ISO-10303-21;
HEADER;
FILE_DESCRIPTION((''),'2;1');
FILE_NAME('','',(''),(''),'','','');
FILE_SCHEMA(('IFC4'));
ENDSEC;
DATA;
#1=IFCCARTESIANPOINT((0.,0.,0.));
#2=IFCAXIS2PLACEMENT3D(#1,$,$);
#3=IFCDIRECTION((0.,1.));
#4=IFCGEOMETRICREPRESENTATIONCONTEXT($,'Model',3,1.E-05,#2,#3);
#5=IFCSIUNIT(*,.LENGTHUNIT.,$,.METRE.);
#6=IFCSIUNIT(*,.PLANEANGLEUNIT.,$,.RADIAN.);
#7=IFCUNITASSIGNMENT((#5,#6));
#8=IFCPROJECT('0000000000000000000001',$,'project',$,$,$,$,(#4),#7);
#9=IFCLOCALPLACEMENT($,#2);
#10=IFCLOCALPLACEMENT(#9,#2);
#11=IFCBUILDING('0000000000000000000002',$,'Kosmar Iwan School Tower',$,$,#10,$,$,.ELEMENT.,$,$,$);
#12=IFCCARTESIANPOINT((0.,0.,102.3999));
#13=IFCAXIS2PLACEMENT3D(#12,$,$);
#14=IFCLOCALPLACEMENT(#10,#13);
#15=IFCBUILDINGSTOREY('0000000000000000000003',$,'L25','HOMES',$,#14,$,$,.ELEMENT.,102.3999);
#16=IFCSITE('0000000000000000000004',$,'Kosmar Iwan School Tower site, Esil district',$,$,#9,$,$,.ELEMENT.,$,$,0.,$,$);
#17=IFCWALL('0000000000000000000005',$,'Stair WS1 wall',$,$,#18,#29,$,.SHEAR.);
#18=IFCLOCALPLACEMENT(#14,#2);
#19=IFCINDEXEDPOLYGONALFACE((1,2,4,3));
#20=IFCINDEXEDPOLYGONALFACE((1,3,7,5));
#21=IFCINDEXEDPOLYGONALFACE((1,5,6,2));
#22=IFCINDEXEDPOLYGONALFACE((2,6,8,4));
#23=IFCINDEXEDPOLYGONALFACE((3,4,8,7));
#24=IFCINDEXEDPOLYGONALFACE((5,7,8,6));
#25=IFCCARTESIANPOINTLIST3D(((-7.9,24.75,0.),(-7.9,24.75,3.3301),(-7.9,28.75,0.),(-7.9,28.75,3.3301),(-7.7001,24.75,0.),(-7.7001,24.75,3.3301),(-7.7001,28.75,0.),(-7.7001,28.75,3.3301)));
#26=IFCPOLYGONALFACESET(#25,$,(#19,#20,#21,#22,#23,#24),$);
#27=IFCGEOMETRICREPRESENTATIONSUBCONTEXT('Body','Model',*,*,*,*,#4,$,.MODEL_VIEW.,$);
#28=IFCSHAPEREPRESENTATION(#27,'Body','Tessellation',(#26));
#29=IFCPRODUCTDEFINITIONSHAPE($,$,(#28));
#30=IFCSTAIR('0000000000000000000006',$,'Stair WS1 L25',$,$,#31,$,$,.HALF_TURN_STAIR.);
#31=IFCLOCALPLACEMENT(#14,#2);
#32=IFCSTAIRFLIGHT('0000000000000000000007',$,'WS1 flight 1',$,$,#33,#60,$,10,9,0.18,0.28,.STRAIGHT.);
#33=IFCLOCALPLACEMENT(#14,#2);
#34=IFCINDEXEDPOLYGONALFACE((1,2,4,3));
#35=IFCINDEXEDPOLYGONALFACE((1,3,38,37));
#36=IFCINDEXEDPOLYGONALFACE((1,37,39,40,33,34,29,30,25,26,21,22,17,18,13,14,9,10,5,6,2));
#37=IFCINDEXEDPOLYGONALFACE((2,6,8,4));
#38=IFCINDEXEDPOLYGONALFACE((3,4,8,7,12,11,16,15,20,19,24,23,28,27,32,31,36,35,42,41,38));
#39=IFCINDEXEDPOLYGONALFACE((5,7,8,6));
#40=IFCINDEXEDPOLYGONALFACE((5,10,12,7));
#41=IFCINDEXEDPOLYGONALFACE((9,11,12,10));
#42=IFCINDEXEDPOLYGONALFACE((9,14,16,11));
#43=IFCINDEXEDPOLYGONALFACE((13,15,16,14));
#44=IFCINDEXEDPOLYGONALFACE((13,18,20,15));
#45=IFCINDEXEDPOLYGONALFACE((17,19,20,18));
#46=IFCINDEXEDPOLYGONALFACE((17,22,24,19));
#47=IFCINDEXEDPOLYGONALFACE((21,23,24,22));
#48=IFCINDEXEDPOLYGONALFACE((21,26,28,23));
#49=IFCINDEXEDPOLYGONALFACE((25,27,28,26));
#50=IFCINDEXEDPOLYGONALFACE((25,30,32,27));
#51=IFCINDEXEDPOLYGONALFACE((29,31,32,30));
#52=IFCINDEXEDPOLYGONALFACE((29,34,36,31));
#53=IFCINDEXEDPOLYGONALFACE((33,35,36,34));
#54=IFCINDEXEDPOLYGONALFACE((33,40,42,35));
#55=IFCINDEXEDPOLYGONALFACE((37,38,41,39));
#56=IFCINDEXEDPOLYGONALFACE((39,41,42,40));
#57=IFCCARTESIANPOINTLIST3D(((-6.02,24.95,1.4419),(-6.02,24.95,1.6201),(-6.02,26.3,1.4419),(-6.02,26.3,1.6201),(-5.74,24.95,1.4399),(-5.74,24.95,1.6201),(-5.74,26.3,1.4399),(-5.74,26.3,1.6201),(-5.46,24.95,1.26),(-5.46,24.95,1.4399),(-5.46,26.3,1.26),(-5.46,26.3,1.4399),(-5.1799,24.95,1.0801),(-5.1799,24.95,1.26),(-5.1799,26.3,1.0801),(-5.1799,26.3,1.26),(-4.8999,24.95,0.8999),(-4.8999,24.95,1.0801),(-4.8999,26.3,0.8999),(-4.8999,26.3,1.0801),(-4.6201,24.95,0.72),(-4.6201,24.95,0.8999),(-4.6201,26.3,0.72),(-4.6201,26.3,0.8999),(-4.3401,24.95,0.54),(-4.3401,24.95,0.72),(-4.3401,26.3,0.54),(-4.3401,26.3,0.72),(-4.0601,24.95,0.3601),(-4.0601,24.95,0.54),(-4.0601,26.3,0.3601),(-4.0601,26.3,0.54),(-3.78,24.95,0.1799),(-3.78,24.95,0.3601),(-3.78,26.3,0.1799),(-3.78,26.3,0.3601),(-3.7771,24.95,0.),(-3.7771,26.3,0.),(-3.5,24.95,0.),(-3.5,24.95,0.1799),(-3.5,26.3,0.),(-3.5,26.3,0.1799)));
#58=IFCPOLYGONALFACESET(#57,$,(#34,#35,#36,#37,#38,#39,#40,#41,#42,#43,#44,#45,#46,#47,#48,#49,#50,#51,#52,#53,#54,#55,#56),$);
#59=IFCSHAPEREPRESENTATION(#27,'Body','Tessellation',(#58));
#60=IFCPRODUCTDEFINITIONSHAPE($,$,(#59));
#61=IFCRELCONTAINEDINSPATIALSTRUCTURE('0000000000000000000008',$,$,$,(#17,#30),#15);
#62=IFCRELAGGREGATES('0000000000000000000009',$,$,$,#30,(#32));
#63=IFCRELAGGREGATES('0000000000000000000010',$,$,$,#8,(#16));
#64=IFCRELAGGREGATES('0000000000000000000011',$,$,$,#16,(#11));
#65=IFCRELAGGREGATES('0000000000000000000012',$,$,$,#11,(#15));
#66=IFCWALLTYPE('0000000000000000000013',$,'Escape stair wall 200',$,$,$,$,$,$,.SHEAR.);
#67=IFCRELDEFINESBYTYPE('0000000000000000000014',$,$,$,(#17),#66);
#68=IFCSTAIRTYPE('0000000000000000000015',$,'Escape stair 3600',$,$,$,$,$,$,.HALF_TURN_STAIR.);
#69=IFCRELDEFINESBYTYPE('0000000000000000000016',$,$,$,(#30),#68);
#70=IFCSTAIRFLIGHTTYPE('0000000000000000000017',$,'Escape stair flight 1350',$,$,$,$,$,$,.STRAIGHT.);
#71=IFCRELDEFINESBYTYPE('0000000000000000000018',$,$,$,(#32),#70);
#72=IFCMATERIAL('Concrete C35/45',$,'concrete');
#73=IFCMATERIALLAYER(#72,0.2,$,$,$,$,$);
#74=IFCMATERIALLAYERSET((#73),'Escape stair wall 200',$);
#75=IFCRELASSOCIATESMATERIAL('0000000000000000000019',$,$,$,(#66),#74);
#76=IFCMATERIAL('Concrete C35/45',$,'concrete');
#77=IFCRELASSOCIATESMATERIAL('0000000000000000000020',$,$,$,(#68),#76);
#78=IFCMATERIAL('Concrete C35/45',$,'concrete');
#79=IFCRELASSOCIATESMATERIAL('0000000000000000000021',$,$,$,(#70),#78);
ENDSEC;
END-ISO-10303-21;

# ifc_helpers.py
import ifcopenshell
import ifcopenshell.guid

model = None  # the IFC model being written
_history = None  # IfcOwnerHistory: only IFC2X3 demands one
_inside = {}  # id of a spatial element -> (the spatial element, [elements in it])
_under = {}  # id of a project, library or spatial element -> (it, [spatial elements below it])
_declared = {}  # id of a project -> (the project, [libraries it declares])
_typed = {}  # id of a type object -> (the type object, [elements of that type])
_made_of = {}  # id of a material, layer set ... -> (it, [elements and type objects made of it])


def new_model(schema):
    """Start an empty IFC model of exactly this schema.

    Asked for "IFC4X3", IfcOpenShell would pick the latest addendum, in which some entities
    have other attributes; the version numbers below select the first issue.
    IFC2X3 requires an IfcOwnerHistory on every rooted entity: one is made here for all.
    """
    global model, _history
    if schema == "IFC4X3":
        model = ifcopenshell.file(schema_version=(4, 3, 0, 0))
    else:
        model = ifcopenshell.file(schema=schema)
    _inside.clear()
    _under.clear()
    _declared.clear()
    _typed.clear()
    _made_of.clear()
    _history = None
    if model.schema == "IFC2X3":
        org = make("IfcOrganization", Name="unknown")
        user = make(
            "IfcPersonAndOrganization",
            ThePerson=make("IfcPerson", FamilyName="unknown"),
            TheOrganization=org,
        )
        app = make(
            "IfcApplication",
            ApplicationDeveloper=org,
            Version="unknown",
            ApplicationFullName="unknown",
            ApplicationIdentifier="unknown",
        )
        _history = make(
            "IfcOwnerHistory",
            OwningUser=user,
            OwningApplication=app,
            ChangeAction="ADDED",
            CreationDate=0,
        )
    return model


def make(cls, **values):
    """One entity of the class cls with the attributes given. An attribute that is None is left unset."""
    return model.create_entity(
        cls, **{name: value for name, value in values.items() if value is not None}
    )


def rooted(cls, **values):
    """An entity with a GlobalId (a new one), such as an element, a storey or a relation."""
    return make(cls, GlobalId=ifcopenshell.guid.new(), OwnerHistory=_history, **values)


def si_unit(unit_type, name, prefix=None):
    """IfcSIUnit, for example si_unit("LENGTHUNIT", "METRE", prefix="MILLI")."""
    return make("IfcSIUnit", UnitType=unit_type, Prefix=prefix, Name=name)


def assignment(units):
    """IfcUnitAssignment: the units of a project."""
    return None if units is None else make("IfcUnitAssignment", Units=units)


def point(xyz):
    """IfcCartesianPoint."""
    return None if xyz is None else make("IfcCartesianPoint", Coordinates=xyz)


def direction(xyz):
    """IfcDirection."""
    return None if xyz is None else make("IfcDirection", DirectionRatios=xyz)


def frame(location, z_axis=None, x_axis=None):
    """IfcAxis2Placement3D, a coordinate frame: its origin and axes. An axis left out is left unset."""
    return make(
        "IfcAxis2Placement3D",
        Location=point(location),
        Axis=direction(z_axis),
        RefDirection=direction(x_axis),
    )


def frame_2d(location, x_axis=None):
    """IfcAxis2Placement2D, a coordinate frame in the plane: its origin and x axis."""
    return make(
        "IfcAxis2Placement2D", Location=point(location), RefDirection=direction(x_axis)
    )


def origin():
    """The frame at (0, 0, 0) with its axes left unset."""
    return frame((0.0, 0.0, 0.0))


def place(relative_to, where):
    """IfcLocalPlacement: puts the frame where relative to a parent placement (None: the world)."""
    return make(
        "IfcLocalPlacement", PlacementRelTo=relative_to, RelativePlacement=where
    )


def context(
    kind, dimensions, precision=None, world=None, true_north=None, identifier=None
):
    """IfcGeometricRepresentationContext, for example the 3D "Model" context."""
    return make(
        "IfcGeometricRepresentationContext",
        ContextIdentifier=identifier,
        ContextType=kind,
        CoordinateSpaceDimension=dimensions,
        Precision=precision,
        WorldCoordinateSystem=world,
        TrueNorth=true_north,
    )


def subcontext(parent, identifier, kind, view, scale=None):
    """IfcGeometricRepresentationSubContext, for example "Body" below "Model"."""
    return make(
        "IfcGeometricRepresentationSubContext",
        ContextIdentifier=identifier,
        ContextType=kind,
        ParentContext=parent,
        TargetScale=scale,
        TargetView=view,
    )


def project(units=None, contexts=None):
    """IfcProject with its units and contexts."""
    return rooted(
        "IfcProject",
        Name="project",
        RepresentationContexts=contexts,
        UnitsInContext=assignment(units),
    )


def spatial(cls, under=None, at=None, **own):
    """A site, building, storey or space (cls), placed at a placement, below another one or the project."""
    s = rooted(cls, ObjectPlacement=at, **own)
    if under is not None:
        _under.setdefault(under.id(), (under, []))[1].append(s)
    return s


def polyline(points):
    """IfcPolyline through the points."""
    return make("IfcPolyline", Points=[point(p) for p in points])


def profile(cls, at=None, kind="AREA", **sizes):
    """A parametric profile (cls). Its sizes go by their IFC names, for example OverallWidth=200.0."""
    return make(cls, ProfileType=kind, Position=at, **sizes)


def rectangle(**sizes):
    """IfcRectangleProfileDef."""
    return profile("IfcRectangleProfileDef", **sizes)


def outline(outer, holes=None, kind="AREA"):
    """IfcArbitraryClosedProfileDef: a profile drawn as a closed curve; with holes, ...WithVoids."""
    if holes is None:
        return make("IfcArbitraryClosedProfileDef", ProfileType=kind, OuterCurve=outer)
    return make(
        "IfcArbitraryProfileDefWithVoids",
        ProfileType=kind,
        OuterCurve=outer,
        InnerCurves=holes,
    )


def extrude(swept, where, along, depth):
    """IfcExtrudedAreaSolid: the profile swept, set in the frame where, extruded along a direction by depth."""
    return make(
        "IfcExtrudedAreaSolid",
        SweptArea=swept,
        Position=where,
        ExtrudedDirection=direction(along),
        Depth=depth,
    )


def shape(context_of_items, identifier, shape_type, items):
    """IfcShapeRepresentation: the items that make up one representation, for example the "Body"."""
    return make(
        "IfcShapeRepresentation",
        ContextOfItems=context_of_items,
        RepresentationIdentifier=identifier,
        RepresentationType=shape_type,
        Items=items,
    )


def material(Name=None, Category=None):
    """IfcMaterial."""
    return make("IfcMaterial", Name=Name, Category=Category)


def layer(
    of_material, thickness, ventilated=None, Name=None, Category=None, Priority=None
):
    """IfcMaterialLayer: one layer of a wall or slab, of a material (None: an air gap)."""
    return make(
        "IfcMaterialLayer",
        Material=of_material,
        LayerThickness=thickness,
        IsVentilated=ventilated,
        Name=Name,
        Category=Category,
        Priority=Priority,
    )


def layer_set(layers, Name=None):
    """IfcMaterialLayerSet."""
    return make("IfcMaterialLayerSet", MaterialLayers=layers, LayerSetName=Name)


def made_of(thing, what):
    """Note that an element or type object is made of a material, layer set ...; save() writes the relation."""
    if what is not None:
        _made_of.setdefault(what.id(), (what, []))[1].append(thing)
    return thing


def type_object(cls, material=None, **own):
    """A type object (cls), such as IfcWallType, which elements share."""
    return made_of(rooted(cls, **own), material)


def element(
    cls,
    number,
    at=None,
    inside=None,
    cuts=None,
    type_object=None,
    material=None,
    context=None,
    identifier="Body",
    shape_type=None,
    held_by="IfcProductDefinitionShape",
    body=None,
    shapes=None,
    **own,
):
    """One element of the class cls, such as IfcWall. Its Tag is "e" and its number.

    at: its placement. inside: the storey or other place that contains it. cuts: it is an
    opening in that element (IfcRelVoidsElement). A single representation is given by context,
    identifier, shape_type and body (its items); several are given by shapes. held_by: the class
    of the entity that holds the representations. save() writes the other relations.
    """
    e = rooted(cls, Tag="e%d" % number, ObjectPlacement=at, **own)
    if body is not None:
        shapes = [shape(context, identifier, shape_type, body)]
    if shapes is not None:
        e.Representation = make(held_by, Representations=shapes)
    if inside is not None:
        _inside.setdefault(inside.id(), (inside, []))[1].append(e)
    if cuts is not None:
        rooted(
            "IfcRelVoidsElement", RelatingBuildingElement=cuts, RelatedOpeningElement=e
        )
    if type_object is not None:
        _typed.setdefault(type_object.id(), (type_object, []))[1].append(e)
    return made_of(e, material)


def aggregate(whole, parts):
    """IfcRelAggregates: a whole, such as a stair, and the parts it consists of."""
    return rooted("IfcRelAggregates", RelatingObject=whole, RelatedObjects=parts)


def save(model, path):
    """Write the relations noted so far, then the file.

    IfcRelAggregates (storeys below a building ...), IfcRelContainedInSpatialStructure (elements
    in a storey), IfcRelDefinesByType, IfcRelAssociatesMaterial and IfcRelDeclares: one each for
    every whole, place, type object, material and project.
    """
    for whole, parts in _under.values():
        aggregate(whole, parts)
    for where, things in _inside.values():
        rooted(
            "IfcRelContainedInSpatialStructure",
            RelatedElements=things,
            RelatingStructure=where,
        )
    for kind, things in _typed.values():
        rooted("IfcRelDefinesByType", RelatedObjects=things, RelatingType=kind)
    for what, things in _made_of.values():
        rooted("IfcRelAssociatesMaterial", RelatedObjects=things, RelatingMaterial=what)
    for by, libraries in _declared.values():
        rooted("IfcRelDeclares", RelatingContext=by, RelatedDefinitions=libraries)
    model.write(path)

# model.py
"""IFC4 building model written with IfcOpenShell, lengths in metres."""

from ifc_helpers import new_model, si_unit, direction, frame, frame_2d, origin, place, context, subcontext, project, spatial, polyline, rectangle, outline, extrude, material, layer, layer_set, type_object, element, aggregate, save


model = new_model("IFC4")

# Units and contexts
model_context = context("Model", 3, precision=1e-05, world=origin(), true_north=direction((0.0, 1.0)))
body_context = subcontext(model_context, "Body", "Model", "MODEL_VIEW")
ifc_project = project(units=[si_unit("LENGTHUNIT", "METRE"), si_unit("PLANEANGLEUNIT", "RADIAN")], contexts=[model_context])

# Site, building, storey
site_placement = place(None, origin())
site = spatial("IfcSite", under=ifc_project, at=site_placement, Name="Kosmar Iwan School Tower site, Esil district", CompositionType="ELEMENT", RefElevation=0.0)
building_placement = place(site_placement, origin())
building = spatial("IfcBuilding", under=site, at=building_placement, Name="Kosmar Iwan School Tower", CompositionType="ELEMENT")
storey_placement = place(building_placement, frame((0.0, 0.0, 102.3999)))
storey = spatial("IfcBuildingStorey", under=building, at=storey_placement, Name="L25", Description="HOMES", CompositionType="ELEMENT", Elevation=102.3999)

# Wall
ifc_material_1 = material(Name="Concrete C35/45", Category="concrete")
ifc_layer_1 = layer(ifc_material_1, 0.2)
ifc_layer_set_1 = layer_set([ifc_layer_1], Name="Escape stair wall 200")
wall_type_1 = type_object("IfcWallType", Name="Escape stair wall 200", PredefinedType="SHEAR", material=ifc_layer_set_1)
wall_1_placement = place(storey_placement, frame((-7.8, 24.75, 0.0), z_axis=(0.0, 0.0, 1.0), x_axis=(0.0, 1.0, 0.0)))
element("IfcWall", 1, at=wall_1_placement, inside=storey, type_object=wall_type_1, Name="Stair WS1 wall", PredefinedType="SHEAR", context=body_context, shape_type="SweptSolid", body=[
    extrude(rectangle(XDim=4.0, YDim=0.2, at=frame_2d((2.0, 0.0))), origin(), (0.0, 0.0, 1.0), 3.3301),
])

# Stair, stair flight
ifc_material_2 = material(Name="Concrete C35/45", Category="concrete")
stair_type = type_object("IfcStairType", Name="Escape stair 3600", PredefinedType="HALF_TURN_STAIR", material=ifc_material_2)
stair_placement = place(storey_placement, origin())
stair = element("IfcStair", 2, at=stair_placement, inside=storey, type_object=stair_type, Name="Stair WS1 L25", PredefinedType="HALF_TURN_STAIR")
ifc_material_3 = material(Name="Concrete C35/45", Category="concrete")
stair_flight_type = type_object("IfcStairFlightType", Name="Escape stair flight 1350", PredefinedType="STRAIGHT", material=ifc_material_3)
stair_flight_placement = place(storey_placement, frame((-3.5, 25.625, 0.0), z_axis=(0.0, 0.0, 1.0), x_axis=(-1.0, 0.0, 0.0)))
stair_flight = element("IfcStairFlight", 3, at=stair_flight_placement, type_object=stair_flight_type, Name="WS1 flight 1", NumberOfRisers=10, NumberOfTreads=9, PredefinedType="STRAIGHT", RiserHeight=0.18, TreadLength=0.28, context=body_context, shape_type="SweptSolid", body=[
    extrude(outline(polyline([(0.0, 0.0), (0.0, 0.1799), (0.28, 0.1799), (0.28, 0.3601), (0.5601, 0.3601), (0.5601, 0.54), (0.8401, 0.54), (0.8401, 0.72), (1.1201, 0.72), (1.1201, 0.8999), (1.3999, 0.8999), (1.3999, 1.0801), (1.6799, 1.0801), (1.6799, 1.26), (1.96, 1.26), (1.96, 1.4399), (2.24, 1.4399), (2.24, 1.6201), (2.52, 1.6201), (2.52, 1.8), (2.52, 1.4419), (0.2771, 0.0), (0.0, 0.0)])), frame((0.0, 0.675, 0.0), z_axis=(0.0, -1.0, 0.0), x_axis=(1.0, 0.0, 0.0)), (0.0, 0.0, 1.0), 1.3501),
])
aggregate(stair, [stair_flight])

save(model, "model.ifc")
